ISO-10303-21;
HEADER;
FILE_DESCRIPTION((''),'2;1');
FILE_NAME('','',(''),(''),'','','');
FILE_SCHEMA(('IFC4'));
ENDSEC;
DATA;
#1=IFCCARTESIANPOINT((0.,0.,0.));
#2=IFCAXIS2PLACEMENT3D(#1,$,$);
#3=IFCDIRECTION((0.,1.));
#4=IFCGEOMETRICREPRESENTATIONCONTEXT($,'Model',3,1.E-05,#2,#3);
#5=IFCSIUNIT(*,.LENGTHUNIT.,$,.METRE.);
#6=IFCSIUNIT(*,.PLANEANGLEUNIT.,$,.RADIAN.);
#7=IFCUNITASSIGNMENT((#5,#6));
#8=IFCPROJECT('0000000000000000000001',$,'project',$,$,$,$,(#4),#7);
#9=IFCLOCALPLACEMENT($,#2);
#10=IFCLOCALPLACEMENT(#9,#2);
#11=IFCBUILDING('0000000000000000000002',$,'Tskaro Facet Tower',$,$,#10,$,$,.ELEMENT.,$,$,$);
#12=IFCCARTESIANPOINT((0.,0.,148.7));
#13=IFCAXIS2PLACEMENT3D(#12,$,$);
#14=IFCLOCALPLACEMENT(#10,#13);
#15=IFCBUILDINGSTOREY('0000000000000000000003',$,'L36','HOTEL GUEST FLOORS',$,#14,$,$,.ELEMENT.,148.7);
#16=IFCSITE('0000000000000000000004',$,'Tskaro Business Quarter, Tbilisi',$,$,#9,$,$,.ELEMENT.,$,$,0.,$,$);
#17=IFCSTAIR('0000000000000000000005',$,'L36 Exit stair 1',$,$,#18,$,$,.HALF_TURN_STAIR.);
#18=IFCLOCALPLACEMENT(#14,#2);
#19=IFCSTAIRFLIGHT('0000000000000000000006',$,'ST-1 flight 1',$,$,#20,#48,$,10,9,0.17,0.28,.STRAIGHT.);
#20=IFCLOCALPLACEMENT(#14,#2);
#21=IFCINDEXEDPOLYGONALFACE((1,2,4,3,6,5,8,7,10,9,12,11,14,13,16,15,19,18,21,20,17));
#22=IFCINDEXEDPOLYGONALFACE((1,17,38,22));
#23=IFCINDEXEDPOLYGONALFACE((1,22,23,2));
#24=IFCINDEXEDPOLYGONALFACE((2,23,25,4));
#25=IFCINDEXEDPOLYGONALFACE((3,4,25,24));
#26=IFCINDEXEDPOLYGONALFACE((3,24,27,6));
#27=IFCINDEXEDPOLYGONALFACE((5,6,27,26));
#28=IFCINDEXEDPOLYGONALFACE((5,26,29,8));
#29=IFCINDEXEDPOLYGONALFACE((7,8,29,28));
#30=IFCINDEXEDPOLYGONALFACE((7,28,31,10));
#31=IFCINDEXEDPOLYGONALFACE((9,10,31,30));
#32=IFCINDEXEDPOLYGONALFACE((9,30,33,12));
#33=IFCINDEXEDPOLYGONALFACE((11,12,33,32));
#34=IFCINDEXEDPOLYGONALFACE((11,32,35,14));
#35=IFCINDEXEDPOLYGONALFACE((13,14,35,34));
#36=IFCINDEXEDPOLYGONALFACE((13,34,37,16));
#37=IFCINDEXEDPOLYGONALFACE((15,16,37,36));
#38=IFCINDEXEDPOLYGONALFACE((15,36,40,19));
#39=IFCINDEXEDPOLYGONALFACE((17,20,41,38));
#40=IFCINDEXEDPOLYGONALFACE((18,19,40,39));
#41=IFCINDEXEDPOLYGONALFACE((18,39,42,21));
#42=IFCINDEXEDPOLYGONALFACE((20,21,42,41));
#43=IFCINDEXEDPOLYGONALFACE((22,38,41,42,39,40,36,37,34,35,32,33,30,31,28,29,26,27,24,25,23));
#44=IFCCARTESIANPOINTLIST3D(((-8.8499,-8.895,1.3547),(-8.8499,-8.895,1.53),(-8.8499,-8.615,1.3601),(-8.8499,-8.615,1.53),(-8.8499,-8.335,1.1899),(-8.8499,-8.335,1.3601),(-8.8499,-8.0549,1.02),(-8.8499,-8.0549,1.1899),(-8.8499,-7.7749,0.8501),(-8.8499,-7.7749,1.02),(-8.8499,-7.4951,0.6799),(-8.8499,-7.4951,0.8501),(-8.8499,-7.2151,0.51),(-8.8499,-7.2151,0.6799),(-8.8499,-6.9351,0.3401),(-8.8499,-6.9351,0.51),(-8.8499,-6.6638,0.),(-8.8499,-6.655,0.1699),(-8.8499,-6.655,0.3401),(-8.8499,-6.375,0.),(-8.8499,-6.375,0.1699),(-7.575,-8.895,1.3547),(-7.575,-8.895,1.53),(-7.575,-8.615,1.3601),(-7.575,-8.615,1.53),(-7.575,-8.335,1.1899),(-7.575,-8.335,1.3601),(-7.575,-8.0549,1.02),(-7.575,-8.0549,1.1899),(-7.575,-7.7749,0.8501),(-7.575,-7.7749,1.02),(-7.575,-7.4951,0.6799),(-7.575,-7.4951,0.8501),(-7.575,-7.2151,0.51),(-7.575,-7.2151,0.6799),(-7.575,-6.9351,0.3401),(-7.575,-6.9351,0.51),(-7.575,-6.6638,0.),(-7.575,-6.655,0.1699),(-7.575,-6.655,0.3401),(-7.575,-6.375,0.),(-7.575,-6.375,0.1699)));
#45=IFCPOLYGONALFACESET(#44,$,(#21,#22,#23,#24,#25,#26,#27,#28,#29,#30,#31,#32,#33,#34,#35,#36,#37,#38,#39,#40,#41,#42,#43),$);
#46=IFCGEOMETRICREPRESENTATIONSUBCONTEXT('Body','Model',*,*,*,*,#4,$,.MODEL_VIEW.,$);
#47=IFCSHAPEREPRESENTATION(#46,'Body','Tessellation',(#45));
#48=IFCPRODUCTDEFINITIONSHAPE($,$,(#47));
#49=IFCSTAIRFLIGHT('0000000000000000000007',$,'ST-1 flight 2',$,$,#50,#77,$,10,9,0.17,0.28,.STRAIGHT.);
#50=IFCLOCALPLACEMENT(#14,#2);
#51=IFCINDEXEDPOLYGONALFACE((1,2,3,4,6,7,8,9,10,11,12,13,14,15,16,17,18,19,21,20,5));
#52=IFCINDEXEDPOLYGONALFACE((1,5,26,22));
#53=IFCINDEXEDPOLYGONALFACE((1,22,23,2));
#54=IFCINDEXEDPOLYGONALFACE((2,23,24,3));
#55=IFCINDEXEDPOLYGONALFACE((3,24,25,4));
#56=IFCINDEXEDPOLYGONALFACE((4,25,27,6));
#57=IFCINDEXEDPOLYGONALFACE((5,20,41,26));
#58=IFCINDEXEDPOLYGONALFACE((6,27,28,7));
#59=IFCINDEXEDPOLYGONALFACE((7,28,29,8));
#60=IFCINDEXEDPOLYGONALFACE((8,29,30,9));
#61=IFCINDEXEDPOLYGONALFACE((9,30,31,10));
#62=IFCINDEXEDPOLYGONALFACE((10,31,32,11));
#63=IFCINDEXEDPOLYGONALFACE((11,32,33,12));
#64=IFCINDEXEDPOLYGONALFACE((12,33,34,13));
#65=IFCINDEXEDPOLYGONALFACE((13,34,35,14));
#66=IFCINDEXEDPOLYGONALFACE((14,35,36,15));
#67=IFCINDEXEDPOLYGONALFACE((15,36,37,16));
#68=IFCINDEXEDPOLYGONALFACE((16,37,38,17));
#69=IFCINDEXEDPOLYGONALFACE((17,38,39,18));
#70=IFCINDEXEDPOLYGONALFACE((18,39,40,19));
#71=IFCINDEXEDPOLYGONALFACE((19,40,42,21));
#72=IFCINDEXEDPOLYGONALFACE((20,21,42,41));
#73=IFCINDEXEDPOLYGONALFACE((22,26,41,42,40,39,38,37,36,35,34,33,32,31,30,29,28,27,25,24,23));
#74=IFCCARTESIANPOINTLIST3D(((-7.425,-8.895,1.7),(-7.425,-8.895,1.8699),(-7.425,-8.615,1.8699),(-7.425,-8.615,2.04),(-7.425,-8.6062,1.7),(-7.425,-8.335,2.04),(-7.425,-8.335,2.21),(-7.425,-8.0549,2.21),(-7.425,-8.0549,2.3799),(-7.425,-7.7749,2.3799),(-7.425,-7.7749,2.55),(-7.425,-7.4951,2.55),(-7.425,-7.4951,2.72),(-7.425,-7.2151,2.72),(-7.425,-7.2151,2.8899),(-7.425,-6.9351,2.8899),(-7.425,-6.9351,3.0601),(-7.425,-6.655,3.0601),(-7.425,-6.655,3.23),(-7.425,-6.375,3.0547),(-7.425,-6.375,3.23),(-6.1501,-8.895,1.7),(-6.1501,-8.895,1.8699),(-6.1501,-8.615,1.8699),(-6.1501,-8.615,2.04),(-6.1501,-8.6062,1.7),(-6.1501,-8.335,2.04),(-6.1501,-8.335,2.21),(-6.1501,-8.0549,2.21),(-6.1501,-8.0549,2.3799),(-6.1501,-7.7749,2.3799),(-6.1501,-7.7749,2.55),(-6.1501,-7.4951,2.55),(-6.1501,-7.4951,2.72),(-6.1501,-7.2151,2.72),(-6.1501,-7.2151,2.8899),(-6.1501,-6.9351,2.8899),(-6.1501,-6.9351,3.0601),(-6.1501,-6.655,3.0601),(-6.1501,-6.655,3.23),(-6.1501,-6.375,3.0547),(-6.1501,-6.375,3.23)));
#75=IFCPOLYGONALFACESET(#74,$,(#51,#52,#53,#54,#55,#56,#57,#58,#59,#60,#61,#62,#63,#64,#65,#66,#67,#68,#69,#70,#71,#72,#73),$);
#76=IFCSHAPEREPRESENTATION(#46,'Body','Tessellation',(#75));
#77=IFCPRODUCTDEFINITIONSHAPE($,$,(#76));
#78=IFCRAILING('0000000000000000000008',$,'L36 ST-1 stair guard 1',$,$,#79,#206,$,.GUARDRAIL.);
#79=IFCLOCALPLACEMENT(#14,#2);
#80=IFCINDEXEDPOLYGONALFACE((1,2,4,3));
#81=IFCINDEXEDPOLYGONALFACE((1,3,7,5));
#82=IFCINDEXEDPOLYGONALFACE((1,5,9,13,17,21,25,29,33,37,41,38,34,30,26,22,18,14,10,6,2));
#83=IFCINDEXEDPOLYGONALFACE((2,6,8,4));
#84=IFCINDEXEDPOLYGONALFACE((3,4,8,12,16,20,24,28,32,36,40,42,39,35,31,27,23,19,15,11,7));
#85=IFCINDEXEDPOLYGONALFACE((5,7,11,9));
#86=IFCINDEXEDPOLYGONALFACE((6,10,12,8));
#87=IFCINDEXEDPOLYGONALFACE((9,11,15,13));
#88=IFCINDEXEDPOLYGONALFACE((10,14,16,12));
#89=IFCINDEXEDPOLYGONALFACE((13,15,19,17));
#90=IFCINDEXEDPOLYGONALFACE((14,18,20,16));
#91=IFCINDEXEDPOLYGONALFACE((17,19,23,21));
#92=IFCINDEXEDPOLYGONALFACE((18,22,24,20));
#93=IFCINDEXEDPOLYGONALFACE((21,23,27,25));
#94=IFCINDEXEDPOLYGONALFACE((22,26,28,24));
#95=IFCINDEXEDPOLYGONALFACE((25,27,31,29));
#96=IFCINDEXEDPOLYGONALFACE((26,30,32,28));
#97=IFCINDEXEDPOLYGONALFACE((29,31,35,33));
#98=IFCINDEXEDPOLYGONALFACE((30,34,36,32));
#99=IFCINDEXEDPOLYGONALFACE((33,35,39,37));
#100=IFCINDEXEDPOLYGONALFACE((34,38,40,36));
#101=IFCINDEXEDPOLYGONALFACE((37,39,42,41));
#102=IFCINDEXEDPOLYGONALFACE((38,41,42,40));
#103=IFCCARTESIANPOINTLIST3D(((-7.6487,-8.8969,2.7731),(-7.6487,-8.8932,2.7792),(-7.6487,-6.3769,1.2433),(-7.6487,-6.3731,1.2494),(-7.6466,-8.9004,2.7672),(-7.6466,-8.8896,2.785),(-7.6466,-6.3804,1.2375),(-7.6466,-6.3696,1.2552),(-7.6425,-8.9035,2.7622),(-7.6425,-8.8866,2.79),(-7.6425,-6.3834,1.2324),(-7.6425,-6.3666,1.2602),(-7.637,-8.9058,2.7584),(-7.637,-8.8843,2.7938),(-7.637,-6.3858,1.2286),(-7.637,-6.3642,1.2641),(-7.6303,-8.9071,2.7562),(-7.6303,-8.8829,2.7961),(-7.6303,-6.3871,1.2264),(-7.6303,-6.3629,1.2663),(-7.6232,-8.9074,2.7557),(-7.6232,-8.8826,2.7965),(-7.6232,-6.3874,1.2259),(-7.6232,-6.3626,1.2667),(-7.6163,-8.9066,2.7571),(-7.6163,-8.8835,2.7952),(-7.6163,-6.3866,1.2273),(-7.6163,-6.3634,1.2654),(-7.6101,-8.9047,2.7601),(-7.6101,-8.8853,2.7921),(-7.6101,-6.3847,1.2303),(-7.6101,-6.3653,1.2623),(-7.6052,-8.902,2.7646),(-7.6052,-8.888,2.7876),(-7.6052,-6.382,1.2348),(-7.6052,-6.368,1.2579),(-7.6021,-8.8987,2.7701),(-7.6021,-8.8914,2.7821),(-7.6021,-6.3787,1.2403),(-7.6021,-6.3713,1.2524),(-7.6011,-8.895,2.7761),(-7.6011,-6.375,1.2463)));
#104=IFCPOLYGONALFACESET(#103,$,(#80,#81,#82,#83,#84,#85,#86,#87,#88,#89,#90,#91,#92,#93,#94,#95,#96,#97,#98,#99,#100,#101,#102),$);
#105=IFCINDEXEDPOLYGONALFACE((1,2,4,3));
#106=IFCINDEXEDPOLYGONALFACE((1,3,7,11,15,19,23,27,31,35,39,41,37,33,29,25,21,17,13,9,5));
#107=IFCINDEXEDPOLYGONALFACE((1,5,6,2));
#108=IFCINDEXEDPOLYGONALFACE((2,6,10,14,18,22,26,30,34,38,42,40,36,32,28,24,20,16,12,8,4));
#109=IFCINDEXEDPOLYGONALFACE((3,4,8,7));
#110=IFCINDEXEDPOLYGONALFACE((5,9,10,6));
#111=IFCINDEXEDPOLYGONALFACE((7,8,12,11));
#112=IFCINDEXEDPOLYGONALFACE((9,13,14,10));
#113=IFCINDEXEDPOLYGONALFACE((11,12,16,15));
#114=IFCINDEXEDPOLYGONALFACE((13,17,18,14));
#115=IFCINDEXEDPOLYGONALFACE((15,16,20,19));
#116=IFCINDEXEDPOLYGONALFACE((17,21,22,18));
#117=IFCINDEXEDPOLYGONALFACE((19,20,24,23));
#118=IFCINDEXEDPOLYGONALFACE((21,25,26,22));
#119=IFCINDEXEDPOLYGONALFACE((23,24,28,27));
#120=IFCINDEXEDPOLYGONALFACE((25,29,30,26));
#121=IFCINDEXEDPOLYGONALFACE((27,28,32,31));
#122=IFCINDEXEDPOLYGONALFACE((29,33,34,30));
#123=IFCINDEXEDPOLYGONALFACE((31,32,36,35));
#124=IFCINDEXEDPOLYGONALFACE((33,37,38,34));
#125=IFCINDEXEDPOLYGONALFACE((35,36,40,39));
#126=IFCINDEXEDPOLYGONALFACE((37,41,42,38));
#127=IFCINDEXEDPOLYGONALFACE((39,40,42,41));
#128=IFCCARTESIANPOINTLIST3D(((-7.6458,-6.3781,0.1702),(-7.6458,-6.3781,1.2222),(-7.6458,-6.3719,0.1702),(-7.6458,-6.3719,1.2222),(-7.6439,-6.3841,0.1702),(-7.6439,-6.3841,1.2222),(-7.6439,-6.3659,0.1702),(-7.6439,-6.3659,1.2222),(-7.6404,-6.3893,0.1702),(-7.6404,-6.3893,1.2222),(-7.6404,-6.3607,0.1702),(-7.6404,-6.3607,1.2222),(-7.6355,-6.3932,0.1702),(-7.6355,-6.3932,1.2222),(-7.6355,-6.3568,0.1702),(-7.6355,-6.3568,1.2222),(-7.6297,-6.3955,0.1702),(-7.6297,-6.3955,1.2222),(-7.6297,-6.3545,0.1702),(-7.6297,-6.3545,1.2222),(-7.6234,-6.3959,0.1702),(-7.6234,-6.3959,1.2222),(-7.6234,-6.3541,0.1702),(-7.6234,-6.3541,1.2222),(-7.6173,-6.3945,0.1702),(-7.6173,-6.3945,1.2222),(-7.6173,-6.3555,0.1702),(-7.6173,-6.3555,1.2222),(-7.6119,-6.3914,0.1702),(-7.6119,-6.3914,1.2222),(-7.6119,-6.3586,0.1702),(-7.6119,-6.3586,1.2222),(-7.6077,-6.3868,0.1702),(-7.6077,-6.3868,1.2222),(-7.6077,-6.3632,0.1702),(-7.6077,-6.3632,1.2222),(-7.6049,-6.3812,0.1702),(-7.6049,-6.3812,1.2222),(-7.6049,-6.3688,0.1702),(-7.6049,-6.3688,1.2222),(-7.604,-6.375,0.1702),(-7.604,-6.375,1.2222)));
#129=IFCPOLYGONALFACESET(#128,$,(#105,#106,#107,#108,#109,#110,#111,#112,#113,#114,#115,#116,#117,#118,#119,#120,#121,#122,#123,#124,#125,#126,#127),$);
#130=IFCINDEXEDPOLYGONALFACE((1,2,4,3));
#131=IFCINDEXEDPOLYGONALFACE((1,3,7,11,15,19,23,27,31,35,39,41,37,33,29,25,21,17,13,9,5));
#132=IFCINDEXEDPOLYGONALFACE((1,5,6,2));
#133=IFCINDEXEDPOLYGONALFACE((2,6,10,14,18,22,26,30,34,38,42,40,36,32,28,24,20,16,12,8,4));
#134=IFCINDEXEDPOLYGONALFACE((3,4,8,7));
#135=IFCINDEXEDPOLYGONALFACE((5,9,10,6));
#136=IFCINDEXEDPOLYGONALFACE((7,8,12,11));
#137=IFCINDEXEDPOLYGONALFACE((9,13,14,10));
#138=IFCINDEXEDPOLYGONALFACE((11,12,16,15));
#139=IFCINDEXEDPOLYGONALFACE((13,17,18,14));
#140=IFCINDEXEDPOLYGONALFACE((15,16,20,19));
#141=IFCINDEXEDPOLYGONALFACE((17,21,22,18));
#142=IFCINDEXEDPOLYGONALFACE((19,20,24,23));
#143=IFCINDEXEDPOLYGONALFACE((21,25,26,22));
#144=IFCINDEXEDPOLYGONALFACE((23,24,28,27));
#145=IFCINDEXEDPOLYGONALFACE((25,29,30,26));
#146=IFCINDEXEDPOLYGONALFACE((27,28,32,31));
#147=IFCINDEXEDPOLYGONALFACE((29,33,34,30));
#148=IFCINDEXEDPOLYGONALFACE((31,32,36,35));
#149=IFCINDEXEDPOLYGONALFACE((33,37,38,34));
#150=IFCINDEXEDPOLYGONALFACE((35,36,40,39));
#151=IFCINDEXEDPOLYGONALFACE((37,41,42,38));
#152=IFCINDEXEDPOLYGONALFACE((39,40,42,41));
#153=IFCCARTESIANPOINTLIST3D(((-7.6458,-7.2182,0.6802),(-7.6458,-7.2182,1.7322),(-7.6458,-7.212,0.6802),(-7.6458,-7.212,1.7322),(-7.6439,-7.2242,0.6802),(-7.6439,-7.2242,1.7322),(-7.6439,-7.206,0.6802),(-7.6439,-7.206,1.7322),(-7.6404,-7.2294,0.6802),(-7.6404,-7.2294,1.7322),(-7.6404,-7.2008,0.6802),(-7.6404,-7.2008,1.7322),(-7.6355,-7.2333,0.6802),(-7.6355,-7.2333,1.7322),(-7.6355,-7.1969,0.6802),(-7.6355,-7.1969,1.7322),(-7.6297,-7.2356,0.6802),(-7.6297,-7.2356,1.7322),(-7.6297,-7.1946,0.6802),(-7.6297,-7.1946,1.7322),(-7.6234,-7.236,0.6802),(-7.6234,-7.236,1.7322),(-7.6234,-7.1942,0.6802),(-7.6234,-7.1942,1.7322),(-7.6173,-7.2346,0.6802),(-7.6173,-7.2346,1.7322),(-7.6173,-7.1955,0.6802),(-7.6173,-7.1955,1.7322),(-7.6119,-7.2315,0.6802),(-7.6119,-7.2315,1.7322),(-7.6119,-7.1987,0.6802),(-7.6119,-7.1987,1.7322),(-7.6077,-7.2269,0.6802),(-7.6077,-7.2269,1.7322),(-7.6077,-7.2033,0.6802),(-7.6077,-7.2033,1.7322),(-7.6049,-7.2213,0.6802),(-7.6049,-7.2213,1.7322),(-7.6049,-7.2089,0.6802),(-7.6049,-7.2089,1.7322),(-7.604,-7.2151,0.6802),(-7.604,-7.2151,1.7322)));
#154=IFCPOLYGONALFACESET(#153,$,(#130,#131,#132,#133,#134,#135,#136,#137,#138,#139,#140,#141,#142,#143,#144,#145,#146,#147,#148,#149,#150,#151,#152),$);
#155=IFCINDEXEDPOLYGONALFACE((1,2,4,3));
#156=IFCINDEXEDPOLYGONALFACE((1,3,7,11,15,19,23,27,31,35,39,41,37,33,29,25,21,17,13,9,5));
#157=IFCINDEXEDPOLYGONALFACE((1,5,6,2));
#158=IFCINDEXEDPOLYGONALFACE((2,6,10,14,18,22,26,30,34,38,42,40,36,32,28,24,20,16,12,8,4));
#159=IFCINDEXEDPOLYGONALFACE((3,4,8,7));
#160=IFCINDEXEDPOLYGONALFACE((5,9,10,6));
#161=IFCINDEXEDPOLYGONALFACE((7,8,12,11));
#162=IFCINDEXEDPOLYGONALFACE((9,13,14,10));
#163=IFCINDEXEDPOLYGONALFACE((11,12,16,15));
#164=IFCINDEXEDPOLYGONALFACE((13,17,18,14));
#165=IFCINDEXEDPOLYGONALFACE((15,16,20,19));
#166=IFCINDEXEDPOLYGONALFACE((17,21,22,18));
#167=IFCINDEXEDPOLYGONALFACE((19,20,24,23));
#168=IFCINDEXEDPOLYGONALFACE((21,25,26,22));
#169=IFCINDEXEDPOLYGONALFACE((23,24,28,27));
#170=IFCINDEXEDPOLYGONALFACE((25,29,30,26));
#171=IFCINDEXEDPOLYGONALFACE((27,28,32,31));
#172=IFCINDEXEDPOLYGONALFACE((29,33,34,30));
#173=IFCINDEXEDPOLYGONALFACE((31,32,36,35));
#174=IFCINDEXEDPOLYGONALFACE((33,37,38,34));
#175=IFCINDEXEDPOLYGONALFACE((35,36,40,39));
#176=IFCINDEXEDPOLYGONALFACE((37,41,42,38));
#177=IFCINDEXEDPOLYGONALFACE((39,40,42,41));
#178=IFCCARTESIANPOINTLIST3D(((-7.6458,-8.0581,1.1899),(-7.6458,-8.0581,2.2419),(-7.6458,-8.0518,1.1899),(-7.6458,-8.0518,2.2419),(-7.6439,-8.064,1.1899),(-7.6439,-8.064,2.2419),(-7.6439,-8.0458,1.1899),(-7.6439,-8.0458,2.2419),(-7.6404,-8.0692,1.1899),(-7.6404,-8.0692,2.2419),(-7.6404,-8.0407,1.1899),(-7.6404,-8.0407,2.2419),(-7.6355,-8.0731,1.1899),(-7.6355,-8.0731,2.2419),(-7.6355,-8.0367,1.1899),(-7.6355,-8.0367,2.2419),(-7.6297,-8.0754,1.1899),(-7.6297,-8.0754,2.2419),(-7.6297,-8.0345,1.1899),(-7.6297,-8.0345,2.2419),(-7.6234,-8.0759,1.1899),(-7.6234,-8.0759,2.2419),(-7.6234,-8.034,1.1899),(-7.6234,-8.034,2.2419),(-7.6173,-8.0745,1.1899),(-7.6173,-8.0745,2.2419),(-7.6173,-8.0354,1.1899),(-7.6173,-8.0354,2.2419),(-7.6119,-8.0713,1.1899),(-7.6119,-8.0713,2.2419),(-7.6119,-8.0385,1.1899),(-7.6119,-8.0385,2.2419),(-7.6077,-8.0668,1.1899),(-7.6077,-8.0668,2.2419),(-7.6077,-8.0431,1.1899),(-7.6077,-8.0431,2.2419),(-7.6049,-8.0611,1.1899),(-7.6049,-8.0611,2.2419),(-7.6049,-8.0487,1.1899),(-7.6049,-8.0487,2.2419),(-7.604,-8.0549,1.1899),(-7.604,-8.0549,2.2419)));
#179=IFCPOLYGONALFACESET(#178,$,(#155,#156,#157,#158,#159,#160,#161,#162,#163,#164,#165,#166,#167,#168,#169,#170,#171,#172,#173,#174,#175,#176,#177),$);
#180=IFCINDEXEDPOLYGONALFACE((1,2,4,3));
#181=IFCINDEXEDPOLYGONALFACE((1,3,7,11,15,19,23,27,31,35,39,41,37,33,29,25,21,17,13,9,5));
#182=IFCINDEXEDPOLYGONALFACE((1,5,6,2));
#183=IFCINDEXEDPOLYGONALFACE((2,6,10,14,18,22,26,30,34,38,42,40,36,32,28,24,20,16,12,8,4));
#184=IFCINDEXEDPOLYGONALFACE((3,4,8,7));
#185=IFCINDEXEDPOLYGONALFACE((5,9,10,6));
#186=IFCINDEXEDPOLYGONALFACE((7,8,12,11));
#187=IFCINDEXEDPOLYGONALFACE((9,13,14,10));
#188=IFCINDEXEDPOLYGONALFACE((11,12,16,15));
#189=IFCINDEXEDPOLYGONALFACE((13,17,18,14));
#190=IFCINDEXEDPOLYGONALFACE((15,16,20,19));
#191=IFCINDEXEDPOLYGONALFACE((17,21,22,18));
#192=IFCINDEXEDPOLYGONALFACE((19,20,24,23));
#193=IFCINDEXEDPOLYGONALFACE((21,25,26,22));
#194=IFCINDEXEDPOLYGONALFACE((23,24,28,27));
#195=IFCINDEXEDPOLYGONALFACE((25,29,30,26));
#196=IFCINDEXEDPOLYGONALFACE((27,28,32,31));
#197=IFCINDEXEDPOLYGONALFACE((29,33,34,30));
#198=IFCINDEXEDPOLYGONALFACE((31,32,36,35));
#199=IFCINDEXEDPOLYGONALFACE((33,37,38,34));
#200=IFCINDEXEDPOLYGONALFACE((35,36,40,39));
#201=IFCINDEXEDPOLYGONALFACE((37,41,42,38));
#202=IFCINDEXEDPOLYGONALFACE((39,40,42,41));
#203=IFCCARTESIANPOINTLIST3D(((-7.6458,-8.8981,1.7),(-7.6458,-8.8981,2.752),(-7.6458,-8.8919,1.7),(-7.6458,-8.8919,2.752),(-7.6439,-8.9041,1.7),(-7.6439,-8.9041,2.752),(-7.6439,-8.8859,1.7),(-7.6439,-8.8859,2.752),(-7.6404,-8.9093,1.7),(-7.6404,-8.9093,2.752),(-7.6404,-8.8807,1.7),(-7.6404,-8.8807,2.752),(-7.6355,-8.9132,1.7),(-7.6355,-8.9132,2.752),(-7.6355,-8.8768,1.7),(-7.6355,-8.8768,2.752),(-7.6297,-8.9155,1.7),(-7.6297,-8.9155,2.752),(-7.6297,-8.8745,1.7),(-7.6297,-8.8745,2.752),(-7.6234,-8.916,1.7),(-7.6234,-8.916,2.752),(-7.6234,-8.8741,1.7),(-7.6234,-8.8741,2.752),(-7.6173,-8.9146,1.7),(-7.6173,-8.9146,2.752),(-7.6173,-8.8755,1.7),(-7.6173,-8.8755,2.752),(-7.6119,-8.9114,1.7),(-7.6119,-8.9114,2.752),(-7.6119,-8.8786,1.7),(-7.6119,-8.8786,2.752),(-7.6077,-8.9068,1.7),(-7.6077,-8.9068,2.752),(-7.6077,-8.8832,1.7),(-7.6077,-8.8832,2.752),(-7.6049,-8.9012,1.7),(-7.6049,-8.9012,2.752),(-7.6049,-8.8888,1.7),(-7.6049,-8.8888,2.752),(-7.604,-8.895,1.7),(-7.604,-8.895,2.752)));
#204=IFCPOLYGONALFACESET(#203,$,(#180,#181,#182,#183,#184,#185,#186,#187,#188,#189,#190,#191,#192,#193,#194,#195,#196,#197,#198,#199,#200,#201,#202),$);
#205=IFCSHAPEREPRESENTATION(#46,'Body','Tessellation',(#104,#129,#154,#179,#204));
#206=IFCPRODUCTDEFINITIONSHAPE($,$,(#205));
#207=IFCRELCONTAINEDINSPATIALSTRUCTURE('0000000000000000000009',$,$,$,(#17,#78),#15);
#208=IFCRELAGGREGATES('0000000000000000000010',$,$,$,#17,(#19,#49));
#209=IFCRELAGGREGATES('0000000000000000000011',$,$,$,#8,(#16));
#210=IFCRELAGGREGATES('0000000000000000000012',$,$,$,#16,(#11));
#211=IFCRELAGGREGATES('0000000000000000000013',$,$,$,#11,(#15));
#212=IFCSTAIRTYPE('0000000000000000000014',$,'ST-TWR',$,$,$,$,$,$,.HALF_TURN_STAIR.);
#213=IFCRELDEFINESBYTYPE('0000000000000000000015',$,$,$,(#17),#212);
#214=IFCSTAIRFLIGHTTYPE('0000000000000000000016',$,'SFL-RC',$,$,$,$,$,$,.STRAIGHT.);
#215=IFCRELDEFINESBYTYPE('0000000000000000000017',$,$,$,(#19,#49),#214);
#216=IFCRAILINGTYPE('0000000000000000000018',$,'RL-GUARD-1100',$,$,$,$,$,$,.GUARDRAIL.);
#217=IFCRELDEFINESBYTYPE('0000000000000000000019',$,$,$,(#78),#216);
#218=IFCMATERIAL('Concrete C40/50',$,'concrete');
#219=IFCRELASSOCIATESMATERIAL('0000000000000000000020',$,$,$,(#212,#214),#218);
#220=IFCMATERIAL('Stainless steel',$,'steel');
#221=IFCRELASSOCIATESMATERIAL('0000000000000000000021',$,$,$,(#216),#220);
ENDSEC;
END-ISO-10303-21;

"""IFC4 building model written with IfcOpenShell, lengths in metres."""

from ifc_helpers import new_model, si_unit, direction, frame, origin, origin_2d, place, context, subcontext, project, spatial, polyline, circle, outline, extrude, material, type_object, element, aggregate, save


model = new_model("IFC4")

# Units and contexts
model_context = context("Model", 3, precision=1e-05, world=origin(), true_north=direction((0.0, 1.0)))
body_context = subcontext(model_context, "Body", "Model", "MODEL_VIEW")
ifc_project = project(units=[si_unit("LENGTHUNIT", "METRE"), si_unit("PLANEANGLEUNIT", "RADIAN")], contexts=[model_context])

# Site, building, storey
site_placement = place(None, origin())
site = spatial("IfcSite", under=ifc_project, at=site_placement, Name="Tskaro Business Quarter, Tbilisi", CompositionType="ELEMENT", RefElevation=0.0)
building_placement = place(site_placement, origin())
building = spatial("IfcBuilding", under=site, at=building_placement, Name="Tskaro Facet Tower", CompositionType="ELEMENT")
storey_placement = place(building_placement, frame((0.0, 0.0, 148.7)))
storey = spatial("IfcBuildingStorey", under=building, at=storey_placement, Name="L36", Description="HOTEL GUEST FLOORS", CompositionType="ELEMENT", Elevation=148.7)

# Stair
ifc_material_1 = material(Name="Concrete C40/50", Category="concrete")
stair_type = type_object("IfcStairType", Name="ST-TWR", PredefinedType="HALF_TURN_STAIR", material=ifc_material_1)
stair_placement = place(storey_placement, origin())
stair = element("IfcStair", 1, at=stair_placement, inside=storey, type_object=stair_type, Name="L36 Exit stair 1", PredefinedType="HALF_TURN_STAIR")

# Shared definitions
ifc_material_2 = material(Name="Stainless steel", Category="steel")

# Stair flights
stair_flight_type = type_object("IfcStairFlightType", Name="SFL-RC", PredefinedType="STRAIGHT", material=ifc_material_1)
stair_flight_1_placement = place(storey_placement, frame((-8.2124, -6.375, 0.0), z_axis=(0.0, 0.0, 1.0), x_axis=(0.0, -1.0, 0.0)))
stair_flight_1 = element("IfcStairFlight", 2, at=stair_flight_1_placement, type_object=stair_flight_type, Name="ST-1 flight 1", NumberOfRisers=10, NumberOfTreads=9, PredefinedType="STRAIGHT", RiserHeight=0.17, TreadLength=0.28, context=body_context, shape_type="SweptSolid", body=[
    extrude(outline(polyline([(0.0, 0.0), (0.0, 0.1699), (0.28, 0.1699), (0.28, 0.3401), (0.5601, 0.3401), (0.5601, 0.51), (0.8401, 0.51), (0.8401, 0.6799), (1.1201, 0.6799), (1.1201, 0.8501), (1.3999, 0.8501), (1.3999, 1.02), (1.6799, 1.02), (1.6799, 1.1899), (1.96, 1.1899), (1.96, 1.3601), (2.24, 1.3601), (2.24, 1.53), (2.52, 1.53), (2.52, 1.7), (2.52, 1.3547), (0.2888, 0.0), (0.0, 0.0)])), frame((0.0, 0.6375, 0.0), z_axis=(0.0, -1.0, 0.0), x_axis=(1.0, 0.0, 0.0)), (0.0, 0.0, 1.0), 1.2749),
])
stair_flight_2_placement = place(storey_placement, frame((-6.7876, -8.895, 1.7), z_axis=(0.0, 0.0, 1.0), x_axis=(0.0, 1.0, 0.0)))
stair_flight_2 = element("IfcStairFlight", 3, at=stair_flight_2_placement, type_object=stair_flight_type, Name="ST-1 flight 2", NumberOfRisers=10, NumberOfTreads=9, PredefinedType="STRAIGHT", RiserHeight=0.17, TreadLength=0.28, context=body_context, shape_type="SweptSolid", body=[
    extrude(outline(polyline([(0.0, 0.0), (0.0, 0.1699), (0.28, 0.1699), (0.28, 0.3401), (0.5601, 0.3401), (0.5601, 0.51), (0.8401, 0.51), (0.8401, 0.6799), (1.1201, 0.6799), (1.1201, 0.8501), (1.3999, 0.8501), (1.3999, 1.02), (1.6799, 1.02), (1.6799, 1.1899), (1.96, 1.1899), (1.96, 1.3601), (2.24, 1.3601), (2.24, 1.53), (2.52, 1.53), (2.52, 1.7), (2.52, 1.3547), (0.2888, 0.0), (0.0, 0.0)])), frame((0.0, 0.6375, 0.0), z_axis=(0.0, -1.0, 0.0), x_axis=(1.0, 0.0, 0.0)), (0.0, 0.0, 1.0), 1.2749),
])
aggregate(stair, [stair_flight_1, stair_flight_2])

# Railing
railing_type_1 = type_object("IfcRailingType", Name="RL-GUARD-1100", PredefinedType="GUARDRAIL", material=ifc_material_2)
railing_1_placement = place(storey_placement, frame((-7.625, -6.375, 0.1702)))
element("IfcRailing", 4, at=railing_1_placement, inside=storey, type_object=railing_type_1, Name="L36 ST-1 stair guard 1", PredefinedType="GUARDRAIL", context=body_context, shape_type="SweptSolid", body=[
    extrude(circle(Radius=0.0239, at=origin_2d()), frame((0.0, 0.0, 1.0762), z_axis=(0.0, -0.854822, 0.518922), x_axis=(1.0, 0.0, 0.0)), (0.0, 0.0, 1.0), 2.948),
    extrude(circle(Radius=0.021, at=origin_2d()), origin(), (0.0, 0.0, 1.0), 1.052),
    extrude(circle(Radius=0.021, at=origin_2d()), frame((0.0, -0.8401, 0.51)), (0.0, 0.0, 1.0), 1.052),
    extrude(circle(Radius=0.021, at=origin_2d()), frame((0.0, -1.6799, 1.0198)), (0.0, 0.0, 1.0), 1.052),
    extrude(circle(Radius=0.021, at=origin_2d()), frame((0.0, -2.52, 1.5298)), (0.0, 0.0, 1.0), 1.052),
])

save(model, "model.ifc")
